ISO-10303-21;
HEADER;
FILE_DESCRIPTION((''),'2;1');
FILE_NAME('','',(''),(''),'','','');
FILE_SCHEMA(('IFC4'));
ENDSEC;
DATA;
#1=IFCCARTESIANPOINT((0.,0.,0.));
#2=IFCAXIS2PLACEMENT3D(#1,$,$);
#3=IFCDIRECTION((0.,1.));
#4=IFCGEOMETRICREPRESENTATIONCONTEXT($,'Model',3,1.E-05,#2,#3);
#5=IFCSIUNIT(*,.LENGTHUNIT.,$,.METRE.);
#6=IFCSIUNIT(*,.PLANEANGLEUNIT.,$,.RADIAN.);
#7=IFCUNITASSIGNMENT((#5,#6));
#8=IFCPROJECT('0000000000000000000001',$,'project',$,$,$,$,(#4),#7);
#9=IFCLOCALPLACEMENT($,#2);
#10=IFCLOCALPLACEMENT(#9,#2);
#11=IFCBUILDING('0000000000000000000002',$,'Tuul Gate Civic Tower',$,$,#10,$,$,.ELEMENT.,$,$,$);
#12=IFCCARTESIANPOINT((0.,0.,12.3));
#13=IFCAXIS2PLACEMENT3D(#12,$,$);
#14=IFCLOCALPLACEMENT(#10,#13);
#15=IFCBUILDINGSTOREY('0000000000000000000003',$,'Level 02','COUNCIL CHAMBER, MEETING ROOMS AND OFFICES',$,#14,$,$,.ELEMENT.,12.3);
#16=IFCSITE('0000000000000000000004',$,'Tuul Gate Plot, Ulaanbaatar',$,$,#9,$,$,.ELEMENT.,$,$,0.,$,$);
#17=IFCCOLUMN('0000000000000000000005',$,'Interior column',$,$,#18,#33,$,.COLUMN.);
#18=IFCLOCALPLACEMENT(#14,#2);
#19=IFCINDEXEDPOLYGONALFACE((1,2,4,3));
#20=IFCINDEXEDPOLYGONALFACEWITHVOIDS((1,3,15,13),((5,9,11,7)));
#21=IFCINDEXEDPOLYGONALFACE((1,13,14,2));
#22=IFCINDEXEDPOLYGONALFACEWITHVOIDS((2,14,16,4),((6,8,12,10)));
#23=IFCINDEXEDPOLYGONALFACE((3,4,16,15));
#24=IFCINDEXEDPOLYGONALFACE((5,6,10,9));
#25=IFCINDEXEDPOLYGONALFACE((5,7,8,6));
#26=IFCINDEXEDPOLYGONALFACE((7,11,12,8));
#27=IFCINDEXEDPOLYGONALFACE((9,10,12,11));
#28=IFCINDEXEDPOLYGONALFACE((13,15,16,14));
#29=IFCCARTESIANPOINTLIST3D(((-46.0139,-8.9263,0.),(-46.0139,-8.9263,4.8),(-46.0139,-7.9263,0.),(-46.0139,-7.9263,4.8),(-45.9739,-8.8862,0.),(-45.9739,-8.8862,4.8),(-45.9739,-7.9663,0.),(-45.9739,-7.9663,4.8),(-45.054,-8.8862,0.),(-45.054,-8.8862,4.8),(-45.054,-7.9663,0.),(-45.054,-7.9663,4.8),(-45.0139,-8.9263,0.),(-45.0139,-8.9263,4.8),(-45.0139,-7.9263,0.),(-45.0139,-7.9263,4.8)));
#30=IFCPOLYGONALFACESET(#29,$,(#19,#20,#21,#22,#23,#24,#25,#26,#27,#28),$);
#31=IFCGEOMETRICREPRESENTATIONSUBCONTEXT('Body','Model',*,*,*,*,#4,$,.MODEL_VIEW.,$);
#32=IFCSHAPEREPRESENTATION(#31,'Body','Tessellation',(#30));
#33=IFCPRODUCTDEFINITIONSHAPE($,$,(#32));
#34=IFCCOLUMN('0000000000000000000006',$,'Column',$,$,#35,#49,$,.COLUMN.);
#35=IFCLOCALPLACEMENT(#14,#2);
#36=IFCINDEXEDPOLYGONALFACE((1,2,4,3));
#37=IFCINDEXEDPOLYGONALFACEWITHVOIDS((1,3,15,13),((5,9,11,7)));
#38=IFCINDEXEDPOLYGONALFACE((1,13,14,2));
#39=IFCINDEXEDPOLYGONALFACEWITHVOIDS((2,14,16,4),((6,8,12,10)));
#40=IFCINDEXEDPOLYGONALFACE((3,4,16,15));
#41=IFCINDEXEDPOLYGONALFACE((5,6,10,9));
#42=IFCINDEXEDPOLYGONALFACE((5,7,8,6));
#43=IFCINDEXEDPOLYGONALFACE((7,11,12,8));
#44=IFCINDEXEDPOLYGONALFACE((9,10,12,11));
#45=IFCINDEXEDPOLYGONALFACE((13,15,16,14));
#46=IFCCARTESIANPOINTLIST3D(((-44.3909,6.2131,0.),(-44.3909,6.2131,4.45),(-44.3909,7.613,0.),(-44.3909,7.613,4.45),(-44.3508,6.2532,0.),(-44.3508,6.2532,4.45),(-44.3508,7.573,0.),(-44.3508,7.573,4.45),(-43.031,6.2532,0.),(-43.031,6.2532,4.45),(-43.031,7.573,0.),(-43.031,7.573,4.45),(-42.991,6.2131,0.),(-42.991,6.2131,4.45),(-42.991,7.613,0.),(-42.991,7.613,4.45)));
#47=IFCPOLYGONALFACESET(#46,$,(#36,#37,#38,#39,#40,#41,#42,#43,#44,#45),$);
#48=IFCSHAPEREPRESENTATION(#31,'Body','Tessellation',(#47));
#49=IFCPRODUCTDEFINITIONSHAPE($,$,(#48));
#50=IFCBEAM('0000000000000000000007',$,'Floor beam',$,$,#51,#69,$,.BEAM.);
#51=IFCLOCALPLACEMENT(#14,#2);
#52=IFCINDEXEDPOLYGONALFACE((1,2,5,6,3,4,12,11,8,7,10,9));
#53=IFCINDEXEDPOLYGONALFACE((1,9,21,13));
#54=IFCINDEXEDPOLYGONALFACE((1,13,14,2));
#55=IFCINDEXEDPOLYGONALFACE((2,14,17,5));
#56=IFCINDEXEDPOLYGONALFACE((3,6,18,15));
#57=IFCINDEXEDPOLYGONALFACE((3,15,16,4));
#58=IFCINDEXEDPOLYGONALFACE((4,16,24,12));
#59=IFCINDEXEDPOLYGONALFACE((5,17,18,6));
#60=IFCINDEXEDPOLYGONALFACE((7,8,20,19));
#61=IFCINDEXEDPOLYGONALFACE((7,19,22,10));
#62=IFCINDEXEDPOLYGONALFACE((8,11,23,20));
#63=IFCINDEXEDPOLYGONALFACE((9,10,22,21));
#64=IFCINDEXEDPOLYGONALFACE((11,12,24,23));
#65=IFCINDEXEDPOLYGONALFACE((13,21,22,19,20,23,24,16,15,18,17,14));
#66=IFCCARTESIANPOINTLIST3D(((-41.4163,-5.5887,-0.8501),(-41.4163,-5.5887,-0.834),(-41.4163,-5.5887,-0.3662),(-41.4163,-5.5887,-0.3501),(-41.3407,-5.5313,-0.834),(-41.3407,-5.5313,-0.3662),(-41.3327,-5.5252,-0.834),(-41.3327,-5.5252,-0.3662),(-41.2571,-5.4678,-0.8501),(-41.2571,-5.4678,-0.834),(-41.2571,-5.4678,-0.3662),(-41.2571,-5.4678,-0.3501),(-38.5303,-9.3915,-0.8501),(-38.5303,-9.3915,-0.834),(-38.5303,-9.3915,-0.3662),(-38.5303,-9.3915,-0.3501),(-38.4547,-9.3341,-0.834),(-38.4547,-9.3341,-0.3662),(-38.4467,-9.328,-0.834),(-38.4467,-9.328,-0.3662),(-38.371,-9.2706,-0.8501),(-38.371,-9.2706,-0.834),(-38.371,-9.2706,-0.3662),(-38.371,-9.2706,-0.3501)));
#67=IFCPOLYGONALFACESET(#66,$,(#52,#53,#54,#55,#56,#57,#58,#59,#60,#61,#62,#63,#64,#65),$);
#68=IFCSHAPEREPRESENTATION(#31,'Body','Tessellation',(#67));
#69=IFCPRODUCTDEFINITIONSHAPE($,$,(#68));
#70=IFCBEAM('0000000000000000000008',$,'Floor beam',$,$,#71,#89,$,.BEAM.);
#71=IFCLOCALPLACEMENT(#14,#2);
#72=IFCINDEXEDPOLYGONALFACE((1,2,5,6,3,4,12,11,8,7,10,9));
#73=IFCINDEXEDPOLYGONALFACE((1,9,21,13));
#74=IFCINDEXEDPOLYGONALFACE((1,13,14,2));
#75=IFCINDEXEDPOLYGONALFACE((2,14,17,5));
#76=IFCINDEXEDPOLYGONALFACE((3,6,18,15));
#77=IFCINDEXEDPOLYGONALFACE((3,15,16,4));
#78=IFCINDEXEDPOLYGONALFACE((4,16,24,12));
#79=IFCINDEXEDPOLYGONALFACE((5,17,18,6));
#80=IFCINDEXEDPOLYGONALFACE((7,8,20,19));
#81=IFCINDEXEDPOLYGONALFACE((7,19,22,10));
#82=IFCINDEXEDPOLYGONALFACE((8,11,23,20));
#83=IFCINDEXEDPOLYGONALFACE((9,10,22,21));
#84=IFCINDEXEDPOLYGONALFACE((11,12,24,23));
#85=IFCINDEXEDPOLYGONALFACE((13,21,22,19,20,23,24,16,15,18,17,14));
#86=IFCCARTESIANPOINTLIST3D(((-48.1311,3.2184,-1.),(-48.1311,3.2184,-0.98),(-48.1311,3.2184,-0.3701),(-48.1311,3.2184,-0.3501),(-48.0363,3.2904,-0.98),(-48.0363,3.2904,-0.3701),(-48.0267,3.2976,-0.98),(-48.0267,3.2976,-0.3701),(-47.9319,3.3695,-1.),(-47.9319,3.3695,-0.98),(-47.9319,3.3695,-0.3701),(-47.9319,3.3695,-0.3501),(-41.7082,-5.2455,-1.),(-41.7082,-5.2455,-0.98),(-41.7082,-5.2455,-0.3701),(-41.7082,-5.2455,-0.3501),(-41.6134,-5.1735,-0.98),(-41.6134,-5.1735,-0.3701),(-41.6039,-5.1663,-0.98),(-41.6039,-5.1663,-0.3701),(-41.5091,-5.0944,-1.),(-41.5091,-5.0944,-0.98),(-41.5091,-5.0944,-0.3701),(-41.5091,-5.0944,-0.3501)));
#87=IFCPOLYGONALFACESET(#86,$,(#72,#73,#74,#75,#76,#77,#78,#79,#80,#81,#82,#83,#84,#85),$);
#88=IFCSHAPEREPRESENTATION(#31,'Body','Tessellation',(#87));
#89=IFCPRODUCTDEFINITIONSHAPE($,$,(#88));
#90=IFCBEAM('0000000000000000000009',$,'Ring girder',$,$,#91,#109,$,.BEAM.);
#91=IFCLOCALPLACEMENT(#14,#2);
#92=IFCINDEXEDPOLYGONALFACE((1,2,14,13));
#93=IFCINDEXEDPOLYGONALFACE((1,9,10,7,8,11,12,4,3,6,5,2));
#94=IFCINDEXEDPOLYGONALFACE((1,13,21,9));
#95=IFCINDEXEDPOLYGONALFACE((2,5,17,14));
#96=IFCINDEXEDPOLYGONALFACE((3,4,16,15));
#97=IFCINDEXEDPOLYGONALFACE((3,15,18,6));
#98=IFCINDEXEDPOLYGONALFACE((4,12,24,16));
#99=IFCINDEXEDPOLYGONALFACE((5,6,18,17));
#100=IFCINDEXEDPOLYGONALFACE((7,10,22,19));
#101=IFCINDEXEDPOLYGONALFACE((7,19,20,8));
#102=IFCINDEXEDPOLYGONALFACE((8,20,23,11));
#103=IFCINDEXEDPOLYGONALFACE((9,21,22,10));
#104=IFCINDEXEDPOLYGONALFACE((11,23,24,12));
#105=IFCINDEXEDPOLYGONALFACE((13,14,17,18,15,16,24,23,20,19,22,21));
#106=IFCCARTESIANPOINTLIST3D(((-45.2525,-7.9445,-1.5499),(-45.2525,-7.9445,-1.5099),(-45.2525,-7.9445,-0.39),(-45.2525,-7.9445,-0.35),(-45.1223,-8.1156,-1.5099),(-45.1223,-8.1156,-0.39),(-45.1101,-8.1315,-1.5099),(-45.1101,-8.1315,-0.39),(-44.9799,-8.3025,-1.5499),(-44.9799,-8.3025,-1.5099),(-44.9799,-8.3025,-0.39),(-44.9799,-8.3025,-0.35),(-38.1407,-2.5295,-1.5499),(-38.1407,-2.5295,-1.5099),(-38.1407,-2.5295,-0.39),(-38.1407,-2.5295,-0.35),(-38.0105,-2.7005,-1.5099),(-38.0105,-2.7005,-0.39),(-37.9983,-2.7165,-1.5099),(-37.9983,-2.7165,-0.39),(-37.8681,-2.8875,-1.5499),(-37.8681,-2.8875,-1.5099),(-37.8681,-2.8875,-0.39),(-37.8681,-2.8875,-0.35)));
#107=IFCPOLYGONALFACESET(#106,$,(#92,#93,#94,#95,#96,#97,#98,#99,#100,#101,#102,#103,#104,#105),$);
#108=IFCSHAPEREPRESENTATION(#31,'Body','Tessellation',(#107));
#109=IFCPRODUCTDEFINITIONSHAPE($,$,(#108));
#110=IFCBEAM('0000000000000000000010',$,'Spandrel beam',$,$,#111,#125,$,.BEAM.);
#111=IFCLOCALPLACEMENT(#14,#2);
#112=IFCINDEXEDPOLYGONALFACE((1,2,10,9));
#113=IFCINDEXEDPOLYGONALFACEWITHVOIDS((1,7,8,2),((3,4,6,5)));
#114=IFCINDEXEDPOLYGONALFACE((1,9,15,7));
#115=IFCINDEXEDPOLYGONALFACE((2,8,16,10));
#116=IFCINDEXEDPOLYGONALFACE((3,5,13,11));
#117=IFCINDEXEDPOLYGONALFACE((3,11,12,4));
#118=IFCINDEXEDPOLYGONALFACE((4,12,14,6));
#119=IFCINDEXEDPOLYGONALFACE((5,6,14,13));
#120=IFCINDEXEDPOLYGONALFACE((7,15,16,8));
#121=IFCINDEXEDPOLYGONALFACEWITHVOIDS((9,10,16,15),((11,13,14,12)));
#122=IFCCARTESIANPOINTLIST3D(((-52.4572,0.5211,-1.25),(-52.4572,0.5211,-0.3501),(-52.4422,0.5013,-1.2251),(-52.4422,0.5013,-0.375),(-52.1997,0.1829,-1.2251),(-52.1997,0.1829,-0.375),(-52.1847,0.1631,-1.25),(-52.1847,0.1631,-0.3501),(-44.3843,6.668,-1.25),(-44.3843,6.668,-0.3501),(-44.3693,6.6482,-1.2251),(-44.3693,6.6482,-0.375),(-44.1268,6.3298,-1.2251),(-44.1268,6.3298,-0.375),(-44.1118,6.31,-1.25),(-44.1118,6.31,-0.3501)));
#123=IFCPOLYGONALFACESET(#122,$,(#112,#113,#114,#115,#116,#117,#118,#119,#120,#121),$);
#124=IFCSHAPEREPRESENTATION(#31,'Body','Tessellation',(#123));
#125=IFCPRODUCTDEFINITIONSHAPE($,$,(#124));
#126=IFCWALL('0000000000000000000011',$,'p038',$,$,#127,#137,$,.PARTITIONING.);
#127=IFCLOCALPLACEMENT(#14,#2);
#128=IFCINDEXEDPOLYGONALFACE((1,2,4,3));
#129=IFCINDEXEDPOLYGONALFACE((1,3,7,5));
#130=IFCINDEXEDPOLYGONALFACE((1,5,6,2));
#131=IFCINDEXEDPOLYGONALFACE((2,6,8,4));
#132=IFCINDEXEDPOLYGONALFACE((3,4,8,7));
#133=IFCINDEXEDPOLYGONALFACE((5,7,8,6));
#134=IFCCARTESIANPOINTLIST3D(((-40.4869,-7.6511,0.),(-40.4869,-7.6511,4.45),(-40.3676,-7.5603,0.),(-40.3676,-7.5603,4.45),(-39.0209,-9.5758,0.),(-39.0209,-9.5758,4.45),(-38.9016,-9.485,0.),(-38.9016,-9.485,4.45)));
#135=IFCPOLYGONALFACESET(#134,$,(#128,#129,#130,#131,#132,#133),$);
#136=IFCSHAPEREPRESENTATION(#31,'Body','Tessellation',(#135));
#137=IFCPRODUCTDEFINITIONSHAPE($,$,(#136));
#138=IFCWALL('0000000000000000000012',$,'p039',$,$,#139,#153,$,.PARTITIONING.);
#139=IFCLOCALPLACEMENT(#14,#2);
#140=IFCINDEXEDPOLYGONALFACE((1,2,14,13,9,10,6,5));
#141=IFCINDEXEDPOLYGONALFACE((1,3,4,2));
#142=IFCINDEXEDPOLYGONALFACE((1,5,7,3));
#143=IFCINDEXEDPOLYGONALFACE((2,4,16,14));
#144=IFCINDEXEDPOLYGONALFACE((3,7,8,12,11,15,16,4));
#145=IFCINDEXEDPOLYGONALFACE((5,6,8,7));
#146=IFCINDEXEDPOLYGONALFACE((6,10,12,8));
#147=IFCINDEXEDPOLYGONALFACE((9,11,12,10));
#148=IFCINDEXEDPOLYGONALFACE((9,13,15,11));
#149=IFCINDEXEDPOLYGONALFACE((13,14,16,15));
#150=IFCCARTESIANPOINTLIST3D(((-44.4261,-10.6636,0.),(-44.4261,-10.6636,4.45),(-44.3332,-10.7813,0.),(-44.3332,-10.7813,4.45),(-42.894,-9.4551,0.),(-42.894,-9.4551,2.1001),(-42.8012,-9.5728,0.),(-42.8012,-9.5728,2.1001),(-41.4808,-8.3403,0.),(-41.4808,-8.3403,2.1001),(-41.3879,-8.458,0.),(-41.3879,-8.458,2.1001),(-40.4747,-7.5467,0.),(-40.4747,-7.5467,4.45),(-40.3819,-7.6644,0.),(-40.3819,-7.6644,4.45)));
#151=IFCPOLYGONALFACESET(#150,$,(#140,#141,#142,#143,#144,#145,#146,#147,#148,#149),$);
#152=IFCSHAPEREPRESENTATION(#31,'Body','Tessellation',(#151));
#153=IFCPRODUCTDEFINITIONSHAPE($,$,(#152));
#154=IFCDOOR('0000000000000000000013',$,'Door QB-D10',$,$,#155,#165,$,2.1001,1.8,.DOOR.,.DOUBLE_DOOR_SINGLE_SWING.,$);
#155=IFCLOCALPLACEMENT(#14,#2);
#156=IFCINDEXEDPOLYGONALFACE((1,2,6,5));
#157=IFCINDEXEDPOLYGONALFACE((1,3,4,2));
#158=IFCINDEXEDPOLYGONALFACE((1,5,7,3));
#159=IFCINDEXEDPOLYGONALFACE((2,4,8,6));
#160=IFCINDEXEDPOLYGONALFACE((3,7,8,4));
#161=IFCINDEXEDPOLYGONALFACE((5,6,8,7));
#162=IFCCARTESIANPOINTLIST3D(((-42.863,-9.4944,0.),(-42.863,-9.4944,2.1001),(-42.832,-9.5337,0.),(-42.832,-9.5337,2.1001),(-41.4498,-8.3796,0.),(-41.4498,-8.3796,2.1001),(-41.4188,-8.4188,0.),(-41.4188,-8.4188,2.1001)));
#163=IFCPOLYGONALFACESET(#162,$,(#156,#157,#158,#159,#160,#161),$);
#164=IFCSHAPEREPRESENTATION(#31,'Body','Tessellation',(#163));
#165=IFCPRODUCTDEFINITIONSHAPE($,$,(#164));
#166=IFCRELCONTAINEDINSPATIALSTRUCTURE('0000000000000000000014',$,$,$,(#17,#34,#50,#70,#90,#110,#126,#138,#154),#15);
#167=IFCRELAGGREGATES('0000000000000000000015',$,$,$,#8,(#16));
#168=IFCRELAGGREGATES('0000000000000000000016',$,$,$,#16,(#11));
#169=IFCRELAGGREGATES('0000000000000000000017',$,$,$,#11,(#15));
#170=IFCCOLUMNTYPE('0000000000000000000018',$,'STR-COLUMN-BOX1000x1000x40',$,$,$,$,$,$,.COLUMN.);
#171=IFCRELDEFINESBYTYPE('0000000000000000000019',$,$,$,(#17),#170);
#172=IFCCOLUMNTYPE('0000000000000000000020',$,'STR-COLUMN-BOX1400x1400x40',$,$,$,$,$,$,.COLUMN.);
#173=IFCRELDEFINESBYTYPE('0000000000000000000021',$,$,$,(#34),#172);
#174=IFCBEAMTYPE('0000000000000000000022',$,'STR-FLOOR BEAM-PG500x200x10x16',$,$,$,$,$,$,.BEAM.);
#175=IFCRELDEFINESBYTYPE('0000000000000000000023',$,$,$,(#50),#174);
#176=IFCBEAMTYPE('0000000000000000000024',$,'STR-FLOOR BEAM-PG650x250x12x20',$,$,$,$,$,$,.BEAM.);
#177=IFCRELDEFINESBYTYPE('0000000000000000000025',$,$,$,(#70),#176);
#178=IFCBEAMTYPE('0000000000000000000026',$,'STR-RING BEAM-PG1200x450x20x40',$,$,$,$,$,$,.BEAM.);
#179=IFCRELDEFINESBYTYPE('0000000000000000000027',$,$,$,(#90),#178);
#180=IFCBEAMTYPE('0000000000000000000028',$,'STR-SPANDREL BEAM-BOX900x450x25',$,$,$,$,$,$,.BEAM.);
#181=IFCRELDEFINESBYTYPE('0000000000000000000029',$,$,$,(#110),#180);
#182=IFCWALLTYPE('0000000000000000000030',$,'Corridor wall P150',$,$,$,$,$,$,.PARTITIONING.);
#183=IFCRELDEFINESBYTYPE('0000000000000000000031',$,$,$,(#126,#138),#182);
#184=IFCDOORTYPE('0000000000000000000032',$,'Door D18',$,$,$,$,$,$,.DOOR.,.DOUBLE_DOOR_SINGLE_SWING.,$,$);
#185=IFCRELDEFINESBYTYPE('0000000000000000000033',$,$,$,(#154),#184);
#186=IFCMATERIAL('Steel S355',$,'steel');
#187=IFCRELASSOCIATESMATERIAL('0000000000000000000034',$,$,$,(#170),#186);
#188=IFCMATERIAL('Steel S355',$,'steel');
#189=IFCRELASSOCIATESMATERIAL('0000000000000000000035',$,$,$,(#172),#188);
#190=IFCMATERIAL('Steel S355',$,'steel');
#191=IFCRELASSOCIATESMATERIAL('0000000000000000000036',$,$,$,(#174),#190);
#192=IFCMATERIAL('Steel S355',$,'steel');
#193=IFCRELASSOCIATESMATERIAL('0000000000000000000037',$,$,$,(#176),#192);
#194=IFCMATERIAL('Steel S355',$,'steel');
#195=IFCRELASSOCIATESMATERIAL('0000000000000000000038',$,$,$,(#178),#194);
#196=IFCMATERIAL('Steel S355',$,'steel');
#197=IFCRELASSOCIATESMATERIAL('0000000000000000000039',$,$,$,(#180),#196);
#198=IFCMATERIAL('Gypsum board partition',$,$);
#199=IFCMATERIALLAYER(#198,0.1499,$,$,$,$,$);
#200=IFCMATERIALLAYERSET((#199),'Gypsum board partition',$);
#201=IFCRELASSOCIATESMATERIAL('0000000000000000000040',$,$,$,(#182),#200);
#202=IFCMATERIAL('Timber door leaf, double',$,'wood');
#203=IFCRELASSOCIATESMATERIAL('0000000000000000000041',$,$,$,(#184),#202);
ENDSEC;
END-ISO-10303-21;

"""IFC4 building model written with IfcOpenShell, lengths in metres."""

from ifc_helpers import new_model, si_unit, direction, frame, frame_2d, origin, origin_2d, place, context, subcontext, project, spatial, rectangle, hollow_rectangle, i_section, extrude, material, layer, layer_set, material_profile, profile_set, type_object, element, fill, save


model = new_model("IFC4")

# Units and contexts
model_context = context("Model", 3, precision=1e-05, world=origin(), true_north=direction((0.0, 1.0)))
body_context = subcontext(model_context, "Body", "Model", "MODEL_VIEW")
ifc_project = project(units=[si_unit("LENGTHUNIT", "METRE"), si_unit("PLANEANGLEUNIT", "RADIAN")], contexts=[model_context])

# Site, building, storey
site_placement = place(None, origin())
site = spatial("IfcSite", under=ifc_project, at=site_placement, Name="Tuul Gate Plot, Ulaanbaatar", CompositionType="ELEMENT", RefElevation=0.0)
building_placement = place(site_placement, origin())
building = spatial("IfcBuilding", under=site, at=building_placement, Name="Tuul Gate Civic Tower", CompositionType="ELEMENT")
storey_placement = place(building_placement, frame((0.0, 0.0, 12.3)))
storey = spatial("IfcBuildingStorey", under=building, at=storey_placement, Name="Level 02", Description="COUNCIL CHAMBER, MEETING ROOMS AND OFFICES", CompositionType="ELEMENT", Elevation=12.3)

# Columns
ifc_material_1 = material(Name="Steel S355", Category="steel")
ifc_material_profile_1 = material_profile(ifc_material_1, hollow_rectangle(XDim=1.0, YDim=1.0, WallThickness=0.04, at=origin_2d()), Name="BOX1000x1000x40")
ifc_profile_set_1 = profile_set([ifc_material_profile_1], Name="Steel S355")
column_type_1 = type_object("IfcColumnType", Name="STR-COLUMN-BOX1000x1000x40", PredefinedType="COLUMN", material=ifc_profile_set_1)
column_1_placement = place(storey_placement, frame((-45.5139, -8.4263, 0.0), z_axis=(0.0, 0.0, 1.0), x_axis=(1.0, 0.0, 0.0)))
element("IfcColumn", 1, at=column_1_placement, inside=storey, type_object=column_type_1, Name="Interior column", PredefinedType="COLUMN", context=body_context, shape_type="SweptSolid", body=[
    extrude(hollow_rectangle(XDim=1.0, YDim=1.0, WallThickness=0.04, at=origin_2d()), origin(), (0.0, 0.0, 1.0), 4.8),
])
ifc_material_2 = material(Name="Steel S355", Category="steel")
ifc_material_profile_2 = material_profile(ifc_material_2, hollow_rectangle(XDim=1.3999, YDim=1.3999, WallThickness=0.04, at=origin_2d()), Name="BOX1400x1400x40")
ifc_profile_set_2 = profile_set([ifc_material_profile_2], Name="Steel S355")
column_type_2 = type_object("IfcColumnType", Name="STR-COLUMN-BOX1400x1400x40", PredefinedType="COLUMN", material=ifc_profile_set_2)
column_2_placement = place(storey_placement, frame((-43.6909, 6.9131, 0.0), z_axis=(0.0, 0.0, 1.0), x_axis=(1.0, 0.0, 0.0)))
element("IfcColumn", 2, at=column_2_placement, inside=storey, type_object=column_type_2, Name="Column", PredefinedType="COLUMN", context=body_context, shape_type="SweptSolid", body=[
    extrude(hollow_rectangle(XDim=1.3999, YDim=1.3999, WallThickness=0.04, at=origin_2d()), origin(), (0.0, 0.0, 1.0), 4.45),
])

# Beams
ifc_material_3 = material(Name="Steel S355", Category="steel")
ifc_material_profile_3 = material_profile(ifc_material_3, i_section(OverallWidth=0.2, OverallDepth=0.5, WebThickness=0.01, FlangeThickness=0.0161, at=origin_2d()), Name="PG500x200x10x16")
ifc_profile_set_3 = profile_set([ifc_material_profile_3], Name="Steel S355")
beam_type_1 = type_object("IfcBeamType", Name="STR-FLOOR BEAM-PG500x200x10x16", PredefinedType="BEAM", material=ifc_profile_set_3)
beam_1_placement = place(storey_placement, frame((-38.4507, -9.3311, -0.6001), z_axis=(-0.60454, 0.796575, 0.0), x_axis=(-0.796575, -0.60454, 0.0)))
element("IfcBeam", 3, at=beam_1_placement, inside=storey, type_object=beam_type_1, Name="Floor beam", PredefinedType="BEAM", context=body_context, shape_type="SweptSolid", body=[
    extrude(i_section(OverallWidth=0.2, OverallDepth=0.5, WebThickness=0.01, FlangeThickness=0.0161, at=origin_2d()), origin(), (0.0, 0.0, 1.0), 4.7739),
])
ifc_material_4 = material(Name="Steel S355", Category="steel")
ifc_material_profile_4 = material_profile(ifc_material_4, i_section(OverallWidth=0.25, OverallDepth=0.6499, WebThickness=0.012, FlangeThickness=0.02, at=origin_2d()), Name="PG650x250x12x20")
ifc_profile_set_4 = profile_set([ifc_material_profile_4], Name="Steel S355")
beam_type_2 = type_object("IfcBeamType", Name="STR-FLOOR BEAM-PG650x250x12x20", PredefinedType="BEAM", material=ifc_profile_set_4)
beam_2_placement = place(storey_placement, frame((-41.6086, -5.1699, -0.675), z_axis=(-0.604505, 0.796601, 0.0), x_axis=(-0.796601, -0.604505, 0.0)))
element("IfcBeam", 4, at=beam_2_placement, inside=storey, type_object=beam_type_2, Name="Floor beam", PredefinedType="BEAM", context=body_context, shape_type="SweptSolid", body=[
    extrude(i_section(OverallWidth=0.25, OverallDepth=0.6499, WebThickness=0.012, FlangeThickness=0.02, at=origin_2d()), origin(), (0.0, 0.0, 1.0), 10.625),
])
ifc_material_5 = material(Name="Steel S355", Category="steel")
ifc_material_profile_5 = material_profile(ifc_material_5, i_section(OverallWidth=0.45, OverallDepth=1.2, WebThickness=0.02, FlangeThickness=0.04, at=origin_2d()), Name="PG1200x450x20x40")
ifc_profile_set_5 = profile_set([ifc_material_profile_5], Name="Steel S355")
beam_type_3 = type_object("IfcBeamType", Name="STR-RING BEAM-PG1200x450x20x40", PredefinedType="BEAM", material=ifc_profile_set_5)
beam_3_placement = place(storey_placement, frame((-45.1162, -8.1235, -0.95), z_axis=(0.79562, 0.605796, 0.0), x_axis=(-0.605796, 0.79562, 0.0)))
element("IfcBeam", 5, at=beam_3_placement, inside=storey, type_object=beam_type_3, Name="Ring girder", PredefinedType="BEAM", context=body_context, shape_type="SweptSolid", body=[
    extrude(i_section(OverallWidth=0.45, OverallDepth=1.2, WebThickness=0.02, FlangeThickness=0.04, at=origin_2d()), origin(), (0.0, 0.0, 1.0), 8.9387),
])
ifc_material_6 = material(Name="Steel S355", Category="steel")
ifc_material_profile_6 = material_profile(ifc_material_6, hollow_rectangle(XDim=0.45, YDim=0.8999, WallThickness=0.0249, at=origin_2d()), Name="BOX900x450x25")
ifc_profile_set_6 = profile_set([ifc_material_profile_6], Name="Steel S355")
beam_type_4 = type_object("IfcBeamType", Name="STR-SPANDREL BEAM-BOX900x450x25", PredefinedType="BEAM", material=ifc_profile_set_6)
beam_4_placement = place(storey_placement, frame((-44.248, 6.489, -0.8), z_axis=(-0.795616, -0.605801, 0.0), x_axis=(0.605801, -0.795616, 0.0)))
element("IfcBeam", 6, at=beam_4_placement, inside=storey, type_object=beam_type_4, Name="Spandrel beam", PredefinedType="BEAM", context=body_context, shape_type="SweptSolid", body=[
    extrude(hollow_rectangle(XDim=0.45, YDim=0.8999, WallThickness=0.0249, at=origin_2d()), origin(), (0.0, 0.0, 1.0), 10.1467),
])

# Wall
ifc_material_7 = material(Name="Gypsum board partition")
ifc_layer_1 = layer(ifc_material_7, 0.1499)
ifc_layer_set_1 = layer_set([ifc_layer_1], Name="Gypsum board partition")
wall_type_1 = type_object("IfcWallType", Name="Corridor wall P150", PredefinedType="PARTITIONING", material=ifc_layer_set_1)
wall_1_placement = place(storey_placement, frame((-40.4272, -7.6057, 0.0), z_axis=(0.0, 0.0, 1.0), x_axis=(0.605925, -0.795522, 0.0)))
element("IfcWall", 7, at=wall_1_placement, inside=storey, type_object=wall_type_1, Name="p038", PredefinedType="PARTITIONING", context=body_context, shape_type="SweptSolid", body=[
    extrude(rectangle(XDim=2.4194, YDim=0.1499, at=frame_2d((1.2097, 0.0))), origin(), (0.0, 0.0, 1.0), 4.45),
])

# Wall, opening, door
wall_2_placement = place(storey_placement, frame((-44.3796, -10.7224, 0.0), z_axis=(0.0, 0.0, 1.0), x_axis=(0.785134, 0.619327, 0.0)))
wall_2 = element("IfcWall", 8, at=wall_2_placement, inside=storey, type_object=wall_type_1, Name="p039", PredefinedType="PARTITIONING", context=body_context, shape_type="SweptSolid", body=[
    extrude(rectangle(XDim=5.0327, YDim=0.1499, at=frame_2d((2.5164, 0.0))), origin(), (0.0, 0.0, 1.0), 4.45),
])
opening_1_placement = place(wall_2_placement, frame((1.9514, 0.0, 0.0)))
opening_1 = element("IfcOpeningElement", 9, at=opening_1_placement, cuts=wall_2, PredefinedType="OPENING", context=body_context, shape_type="SweptSolid", body=[
    extrude(rectangle(XDim=1.8, YDim=2.1001, at=frame_2d((0.8999, 1.05))), frame((0.0, 0.085, 0.0), z_axis=(0.0, -1.0, 0.0), x_axis=(1.0, 0.0, 0.0)), (0.0, 0.0, 1.0), 0.1699),
])
ifc_material_8 = material(Name="Timber door leaf, double", Category="wood")
door_type_1 = type_object("IfcDoorType", Name="Door D18", OperationType="DOUBLE_DOOR_SINGLE_SWING", PredefinedType="DOOR", material=ifc_material_8)
door_1_placement = place(opening_1_placement, origin())
door_1 = element("IfcDoor", 10, at=door_1_placement, inside=storey, type_object=door_type_1, Name="Door QB-D10", OperationType="DOUBLE_DOOR_SINGLE_SWING", OverallHeight=2.1001, OverallWidth=1.8, PredefinedType="DOOR", context=body_context, shape_type="SweptSolid", body=[
    extrude(rectangle(XDim=1.8, YDim=2.1001, at=frame_2d((0.8999, 1.05))), frame((0.0, 0.0249, 0.0), z_axis=(0.0, -1.0, 0.0), x_axis=(1.0, 0.0, 0.0)), (0.0, 0.0, 1.0), 0.05),
])
fill(opening_1, door_1)

save(model, "model.ifc")
